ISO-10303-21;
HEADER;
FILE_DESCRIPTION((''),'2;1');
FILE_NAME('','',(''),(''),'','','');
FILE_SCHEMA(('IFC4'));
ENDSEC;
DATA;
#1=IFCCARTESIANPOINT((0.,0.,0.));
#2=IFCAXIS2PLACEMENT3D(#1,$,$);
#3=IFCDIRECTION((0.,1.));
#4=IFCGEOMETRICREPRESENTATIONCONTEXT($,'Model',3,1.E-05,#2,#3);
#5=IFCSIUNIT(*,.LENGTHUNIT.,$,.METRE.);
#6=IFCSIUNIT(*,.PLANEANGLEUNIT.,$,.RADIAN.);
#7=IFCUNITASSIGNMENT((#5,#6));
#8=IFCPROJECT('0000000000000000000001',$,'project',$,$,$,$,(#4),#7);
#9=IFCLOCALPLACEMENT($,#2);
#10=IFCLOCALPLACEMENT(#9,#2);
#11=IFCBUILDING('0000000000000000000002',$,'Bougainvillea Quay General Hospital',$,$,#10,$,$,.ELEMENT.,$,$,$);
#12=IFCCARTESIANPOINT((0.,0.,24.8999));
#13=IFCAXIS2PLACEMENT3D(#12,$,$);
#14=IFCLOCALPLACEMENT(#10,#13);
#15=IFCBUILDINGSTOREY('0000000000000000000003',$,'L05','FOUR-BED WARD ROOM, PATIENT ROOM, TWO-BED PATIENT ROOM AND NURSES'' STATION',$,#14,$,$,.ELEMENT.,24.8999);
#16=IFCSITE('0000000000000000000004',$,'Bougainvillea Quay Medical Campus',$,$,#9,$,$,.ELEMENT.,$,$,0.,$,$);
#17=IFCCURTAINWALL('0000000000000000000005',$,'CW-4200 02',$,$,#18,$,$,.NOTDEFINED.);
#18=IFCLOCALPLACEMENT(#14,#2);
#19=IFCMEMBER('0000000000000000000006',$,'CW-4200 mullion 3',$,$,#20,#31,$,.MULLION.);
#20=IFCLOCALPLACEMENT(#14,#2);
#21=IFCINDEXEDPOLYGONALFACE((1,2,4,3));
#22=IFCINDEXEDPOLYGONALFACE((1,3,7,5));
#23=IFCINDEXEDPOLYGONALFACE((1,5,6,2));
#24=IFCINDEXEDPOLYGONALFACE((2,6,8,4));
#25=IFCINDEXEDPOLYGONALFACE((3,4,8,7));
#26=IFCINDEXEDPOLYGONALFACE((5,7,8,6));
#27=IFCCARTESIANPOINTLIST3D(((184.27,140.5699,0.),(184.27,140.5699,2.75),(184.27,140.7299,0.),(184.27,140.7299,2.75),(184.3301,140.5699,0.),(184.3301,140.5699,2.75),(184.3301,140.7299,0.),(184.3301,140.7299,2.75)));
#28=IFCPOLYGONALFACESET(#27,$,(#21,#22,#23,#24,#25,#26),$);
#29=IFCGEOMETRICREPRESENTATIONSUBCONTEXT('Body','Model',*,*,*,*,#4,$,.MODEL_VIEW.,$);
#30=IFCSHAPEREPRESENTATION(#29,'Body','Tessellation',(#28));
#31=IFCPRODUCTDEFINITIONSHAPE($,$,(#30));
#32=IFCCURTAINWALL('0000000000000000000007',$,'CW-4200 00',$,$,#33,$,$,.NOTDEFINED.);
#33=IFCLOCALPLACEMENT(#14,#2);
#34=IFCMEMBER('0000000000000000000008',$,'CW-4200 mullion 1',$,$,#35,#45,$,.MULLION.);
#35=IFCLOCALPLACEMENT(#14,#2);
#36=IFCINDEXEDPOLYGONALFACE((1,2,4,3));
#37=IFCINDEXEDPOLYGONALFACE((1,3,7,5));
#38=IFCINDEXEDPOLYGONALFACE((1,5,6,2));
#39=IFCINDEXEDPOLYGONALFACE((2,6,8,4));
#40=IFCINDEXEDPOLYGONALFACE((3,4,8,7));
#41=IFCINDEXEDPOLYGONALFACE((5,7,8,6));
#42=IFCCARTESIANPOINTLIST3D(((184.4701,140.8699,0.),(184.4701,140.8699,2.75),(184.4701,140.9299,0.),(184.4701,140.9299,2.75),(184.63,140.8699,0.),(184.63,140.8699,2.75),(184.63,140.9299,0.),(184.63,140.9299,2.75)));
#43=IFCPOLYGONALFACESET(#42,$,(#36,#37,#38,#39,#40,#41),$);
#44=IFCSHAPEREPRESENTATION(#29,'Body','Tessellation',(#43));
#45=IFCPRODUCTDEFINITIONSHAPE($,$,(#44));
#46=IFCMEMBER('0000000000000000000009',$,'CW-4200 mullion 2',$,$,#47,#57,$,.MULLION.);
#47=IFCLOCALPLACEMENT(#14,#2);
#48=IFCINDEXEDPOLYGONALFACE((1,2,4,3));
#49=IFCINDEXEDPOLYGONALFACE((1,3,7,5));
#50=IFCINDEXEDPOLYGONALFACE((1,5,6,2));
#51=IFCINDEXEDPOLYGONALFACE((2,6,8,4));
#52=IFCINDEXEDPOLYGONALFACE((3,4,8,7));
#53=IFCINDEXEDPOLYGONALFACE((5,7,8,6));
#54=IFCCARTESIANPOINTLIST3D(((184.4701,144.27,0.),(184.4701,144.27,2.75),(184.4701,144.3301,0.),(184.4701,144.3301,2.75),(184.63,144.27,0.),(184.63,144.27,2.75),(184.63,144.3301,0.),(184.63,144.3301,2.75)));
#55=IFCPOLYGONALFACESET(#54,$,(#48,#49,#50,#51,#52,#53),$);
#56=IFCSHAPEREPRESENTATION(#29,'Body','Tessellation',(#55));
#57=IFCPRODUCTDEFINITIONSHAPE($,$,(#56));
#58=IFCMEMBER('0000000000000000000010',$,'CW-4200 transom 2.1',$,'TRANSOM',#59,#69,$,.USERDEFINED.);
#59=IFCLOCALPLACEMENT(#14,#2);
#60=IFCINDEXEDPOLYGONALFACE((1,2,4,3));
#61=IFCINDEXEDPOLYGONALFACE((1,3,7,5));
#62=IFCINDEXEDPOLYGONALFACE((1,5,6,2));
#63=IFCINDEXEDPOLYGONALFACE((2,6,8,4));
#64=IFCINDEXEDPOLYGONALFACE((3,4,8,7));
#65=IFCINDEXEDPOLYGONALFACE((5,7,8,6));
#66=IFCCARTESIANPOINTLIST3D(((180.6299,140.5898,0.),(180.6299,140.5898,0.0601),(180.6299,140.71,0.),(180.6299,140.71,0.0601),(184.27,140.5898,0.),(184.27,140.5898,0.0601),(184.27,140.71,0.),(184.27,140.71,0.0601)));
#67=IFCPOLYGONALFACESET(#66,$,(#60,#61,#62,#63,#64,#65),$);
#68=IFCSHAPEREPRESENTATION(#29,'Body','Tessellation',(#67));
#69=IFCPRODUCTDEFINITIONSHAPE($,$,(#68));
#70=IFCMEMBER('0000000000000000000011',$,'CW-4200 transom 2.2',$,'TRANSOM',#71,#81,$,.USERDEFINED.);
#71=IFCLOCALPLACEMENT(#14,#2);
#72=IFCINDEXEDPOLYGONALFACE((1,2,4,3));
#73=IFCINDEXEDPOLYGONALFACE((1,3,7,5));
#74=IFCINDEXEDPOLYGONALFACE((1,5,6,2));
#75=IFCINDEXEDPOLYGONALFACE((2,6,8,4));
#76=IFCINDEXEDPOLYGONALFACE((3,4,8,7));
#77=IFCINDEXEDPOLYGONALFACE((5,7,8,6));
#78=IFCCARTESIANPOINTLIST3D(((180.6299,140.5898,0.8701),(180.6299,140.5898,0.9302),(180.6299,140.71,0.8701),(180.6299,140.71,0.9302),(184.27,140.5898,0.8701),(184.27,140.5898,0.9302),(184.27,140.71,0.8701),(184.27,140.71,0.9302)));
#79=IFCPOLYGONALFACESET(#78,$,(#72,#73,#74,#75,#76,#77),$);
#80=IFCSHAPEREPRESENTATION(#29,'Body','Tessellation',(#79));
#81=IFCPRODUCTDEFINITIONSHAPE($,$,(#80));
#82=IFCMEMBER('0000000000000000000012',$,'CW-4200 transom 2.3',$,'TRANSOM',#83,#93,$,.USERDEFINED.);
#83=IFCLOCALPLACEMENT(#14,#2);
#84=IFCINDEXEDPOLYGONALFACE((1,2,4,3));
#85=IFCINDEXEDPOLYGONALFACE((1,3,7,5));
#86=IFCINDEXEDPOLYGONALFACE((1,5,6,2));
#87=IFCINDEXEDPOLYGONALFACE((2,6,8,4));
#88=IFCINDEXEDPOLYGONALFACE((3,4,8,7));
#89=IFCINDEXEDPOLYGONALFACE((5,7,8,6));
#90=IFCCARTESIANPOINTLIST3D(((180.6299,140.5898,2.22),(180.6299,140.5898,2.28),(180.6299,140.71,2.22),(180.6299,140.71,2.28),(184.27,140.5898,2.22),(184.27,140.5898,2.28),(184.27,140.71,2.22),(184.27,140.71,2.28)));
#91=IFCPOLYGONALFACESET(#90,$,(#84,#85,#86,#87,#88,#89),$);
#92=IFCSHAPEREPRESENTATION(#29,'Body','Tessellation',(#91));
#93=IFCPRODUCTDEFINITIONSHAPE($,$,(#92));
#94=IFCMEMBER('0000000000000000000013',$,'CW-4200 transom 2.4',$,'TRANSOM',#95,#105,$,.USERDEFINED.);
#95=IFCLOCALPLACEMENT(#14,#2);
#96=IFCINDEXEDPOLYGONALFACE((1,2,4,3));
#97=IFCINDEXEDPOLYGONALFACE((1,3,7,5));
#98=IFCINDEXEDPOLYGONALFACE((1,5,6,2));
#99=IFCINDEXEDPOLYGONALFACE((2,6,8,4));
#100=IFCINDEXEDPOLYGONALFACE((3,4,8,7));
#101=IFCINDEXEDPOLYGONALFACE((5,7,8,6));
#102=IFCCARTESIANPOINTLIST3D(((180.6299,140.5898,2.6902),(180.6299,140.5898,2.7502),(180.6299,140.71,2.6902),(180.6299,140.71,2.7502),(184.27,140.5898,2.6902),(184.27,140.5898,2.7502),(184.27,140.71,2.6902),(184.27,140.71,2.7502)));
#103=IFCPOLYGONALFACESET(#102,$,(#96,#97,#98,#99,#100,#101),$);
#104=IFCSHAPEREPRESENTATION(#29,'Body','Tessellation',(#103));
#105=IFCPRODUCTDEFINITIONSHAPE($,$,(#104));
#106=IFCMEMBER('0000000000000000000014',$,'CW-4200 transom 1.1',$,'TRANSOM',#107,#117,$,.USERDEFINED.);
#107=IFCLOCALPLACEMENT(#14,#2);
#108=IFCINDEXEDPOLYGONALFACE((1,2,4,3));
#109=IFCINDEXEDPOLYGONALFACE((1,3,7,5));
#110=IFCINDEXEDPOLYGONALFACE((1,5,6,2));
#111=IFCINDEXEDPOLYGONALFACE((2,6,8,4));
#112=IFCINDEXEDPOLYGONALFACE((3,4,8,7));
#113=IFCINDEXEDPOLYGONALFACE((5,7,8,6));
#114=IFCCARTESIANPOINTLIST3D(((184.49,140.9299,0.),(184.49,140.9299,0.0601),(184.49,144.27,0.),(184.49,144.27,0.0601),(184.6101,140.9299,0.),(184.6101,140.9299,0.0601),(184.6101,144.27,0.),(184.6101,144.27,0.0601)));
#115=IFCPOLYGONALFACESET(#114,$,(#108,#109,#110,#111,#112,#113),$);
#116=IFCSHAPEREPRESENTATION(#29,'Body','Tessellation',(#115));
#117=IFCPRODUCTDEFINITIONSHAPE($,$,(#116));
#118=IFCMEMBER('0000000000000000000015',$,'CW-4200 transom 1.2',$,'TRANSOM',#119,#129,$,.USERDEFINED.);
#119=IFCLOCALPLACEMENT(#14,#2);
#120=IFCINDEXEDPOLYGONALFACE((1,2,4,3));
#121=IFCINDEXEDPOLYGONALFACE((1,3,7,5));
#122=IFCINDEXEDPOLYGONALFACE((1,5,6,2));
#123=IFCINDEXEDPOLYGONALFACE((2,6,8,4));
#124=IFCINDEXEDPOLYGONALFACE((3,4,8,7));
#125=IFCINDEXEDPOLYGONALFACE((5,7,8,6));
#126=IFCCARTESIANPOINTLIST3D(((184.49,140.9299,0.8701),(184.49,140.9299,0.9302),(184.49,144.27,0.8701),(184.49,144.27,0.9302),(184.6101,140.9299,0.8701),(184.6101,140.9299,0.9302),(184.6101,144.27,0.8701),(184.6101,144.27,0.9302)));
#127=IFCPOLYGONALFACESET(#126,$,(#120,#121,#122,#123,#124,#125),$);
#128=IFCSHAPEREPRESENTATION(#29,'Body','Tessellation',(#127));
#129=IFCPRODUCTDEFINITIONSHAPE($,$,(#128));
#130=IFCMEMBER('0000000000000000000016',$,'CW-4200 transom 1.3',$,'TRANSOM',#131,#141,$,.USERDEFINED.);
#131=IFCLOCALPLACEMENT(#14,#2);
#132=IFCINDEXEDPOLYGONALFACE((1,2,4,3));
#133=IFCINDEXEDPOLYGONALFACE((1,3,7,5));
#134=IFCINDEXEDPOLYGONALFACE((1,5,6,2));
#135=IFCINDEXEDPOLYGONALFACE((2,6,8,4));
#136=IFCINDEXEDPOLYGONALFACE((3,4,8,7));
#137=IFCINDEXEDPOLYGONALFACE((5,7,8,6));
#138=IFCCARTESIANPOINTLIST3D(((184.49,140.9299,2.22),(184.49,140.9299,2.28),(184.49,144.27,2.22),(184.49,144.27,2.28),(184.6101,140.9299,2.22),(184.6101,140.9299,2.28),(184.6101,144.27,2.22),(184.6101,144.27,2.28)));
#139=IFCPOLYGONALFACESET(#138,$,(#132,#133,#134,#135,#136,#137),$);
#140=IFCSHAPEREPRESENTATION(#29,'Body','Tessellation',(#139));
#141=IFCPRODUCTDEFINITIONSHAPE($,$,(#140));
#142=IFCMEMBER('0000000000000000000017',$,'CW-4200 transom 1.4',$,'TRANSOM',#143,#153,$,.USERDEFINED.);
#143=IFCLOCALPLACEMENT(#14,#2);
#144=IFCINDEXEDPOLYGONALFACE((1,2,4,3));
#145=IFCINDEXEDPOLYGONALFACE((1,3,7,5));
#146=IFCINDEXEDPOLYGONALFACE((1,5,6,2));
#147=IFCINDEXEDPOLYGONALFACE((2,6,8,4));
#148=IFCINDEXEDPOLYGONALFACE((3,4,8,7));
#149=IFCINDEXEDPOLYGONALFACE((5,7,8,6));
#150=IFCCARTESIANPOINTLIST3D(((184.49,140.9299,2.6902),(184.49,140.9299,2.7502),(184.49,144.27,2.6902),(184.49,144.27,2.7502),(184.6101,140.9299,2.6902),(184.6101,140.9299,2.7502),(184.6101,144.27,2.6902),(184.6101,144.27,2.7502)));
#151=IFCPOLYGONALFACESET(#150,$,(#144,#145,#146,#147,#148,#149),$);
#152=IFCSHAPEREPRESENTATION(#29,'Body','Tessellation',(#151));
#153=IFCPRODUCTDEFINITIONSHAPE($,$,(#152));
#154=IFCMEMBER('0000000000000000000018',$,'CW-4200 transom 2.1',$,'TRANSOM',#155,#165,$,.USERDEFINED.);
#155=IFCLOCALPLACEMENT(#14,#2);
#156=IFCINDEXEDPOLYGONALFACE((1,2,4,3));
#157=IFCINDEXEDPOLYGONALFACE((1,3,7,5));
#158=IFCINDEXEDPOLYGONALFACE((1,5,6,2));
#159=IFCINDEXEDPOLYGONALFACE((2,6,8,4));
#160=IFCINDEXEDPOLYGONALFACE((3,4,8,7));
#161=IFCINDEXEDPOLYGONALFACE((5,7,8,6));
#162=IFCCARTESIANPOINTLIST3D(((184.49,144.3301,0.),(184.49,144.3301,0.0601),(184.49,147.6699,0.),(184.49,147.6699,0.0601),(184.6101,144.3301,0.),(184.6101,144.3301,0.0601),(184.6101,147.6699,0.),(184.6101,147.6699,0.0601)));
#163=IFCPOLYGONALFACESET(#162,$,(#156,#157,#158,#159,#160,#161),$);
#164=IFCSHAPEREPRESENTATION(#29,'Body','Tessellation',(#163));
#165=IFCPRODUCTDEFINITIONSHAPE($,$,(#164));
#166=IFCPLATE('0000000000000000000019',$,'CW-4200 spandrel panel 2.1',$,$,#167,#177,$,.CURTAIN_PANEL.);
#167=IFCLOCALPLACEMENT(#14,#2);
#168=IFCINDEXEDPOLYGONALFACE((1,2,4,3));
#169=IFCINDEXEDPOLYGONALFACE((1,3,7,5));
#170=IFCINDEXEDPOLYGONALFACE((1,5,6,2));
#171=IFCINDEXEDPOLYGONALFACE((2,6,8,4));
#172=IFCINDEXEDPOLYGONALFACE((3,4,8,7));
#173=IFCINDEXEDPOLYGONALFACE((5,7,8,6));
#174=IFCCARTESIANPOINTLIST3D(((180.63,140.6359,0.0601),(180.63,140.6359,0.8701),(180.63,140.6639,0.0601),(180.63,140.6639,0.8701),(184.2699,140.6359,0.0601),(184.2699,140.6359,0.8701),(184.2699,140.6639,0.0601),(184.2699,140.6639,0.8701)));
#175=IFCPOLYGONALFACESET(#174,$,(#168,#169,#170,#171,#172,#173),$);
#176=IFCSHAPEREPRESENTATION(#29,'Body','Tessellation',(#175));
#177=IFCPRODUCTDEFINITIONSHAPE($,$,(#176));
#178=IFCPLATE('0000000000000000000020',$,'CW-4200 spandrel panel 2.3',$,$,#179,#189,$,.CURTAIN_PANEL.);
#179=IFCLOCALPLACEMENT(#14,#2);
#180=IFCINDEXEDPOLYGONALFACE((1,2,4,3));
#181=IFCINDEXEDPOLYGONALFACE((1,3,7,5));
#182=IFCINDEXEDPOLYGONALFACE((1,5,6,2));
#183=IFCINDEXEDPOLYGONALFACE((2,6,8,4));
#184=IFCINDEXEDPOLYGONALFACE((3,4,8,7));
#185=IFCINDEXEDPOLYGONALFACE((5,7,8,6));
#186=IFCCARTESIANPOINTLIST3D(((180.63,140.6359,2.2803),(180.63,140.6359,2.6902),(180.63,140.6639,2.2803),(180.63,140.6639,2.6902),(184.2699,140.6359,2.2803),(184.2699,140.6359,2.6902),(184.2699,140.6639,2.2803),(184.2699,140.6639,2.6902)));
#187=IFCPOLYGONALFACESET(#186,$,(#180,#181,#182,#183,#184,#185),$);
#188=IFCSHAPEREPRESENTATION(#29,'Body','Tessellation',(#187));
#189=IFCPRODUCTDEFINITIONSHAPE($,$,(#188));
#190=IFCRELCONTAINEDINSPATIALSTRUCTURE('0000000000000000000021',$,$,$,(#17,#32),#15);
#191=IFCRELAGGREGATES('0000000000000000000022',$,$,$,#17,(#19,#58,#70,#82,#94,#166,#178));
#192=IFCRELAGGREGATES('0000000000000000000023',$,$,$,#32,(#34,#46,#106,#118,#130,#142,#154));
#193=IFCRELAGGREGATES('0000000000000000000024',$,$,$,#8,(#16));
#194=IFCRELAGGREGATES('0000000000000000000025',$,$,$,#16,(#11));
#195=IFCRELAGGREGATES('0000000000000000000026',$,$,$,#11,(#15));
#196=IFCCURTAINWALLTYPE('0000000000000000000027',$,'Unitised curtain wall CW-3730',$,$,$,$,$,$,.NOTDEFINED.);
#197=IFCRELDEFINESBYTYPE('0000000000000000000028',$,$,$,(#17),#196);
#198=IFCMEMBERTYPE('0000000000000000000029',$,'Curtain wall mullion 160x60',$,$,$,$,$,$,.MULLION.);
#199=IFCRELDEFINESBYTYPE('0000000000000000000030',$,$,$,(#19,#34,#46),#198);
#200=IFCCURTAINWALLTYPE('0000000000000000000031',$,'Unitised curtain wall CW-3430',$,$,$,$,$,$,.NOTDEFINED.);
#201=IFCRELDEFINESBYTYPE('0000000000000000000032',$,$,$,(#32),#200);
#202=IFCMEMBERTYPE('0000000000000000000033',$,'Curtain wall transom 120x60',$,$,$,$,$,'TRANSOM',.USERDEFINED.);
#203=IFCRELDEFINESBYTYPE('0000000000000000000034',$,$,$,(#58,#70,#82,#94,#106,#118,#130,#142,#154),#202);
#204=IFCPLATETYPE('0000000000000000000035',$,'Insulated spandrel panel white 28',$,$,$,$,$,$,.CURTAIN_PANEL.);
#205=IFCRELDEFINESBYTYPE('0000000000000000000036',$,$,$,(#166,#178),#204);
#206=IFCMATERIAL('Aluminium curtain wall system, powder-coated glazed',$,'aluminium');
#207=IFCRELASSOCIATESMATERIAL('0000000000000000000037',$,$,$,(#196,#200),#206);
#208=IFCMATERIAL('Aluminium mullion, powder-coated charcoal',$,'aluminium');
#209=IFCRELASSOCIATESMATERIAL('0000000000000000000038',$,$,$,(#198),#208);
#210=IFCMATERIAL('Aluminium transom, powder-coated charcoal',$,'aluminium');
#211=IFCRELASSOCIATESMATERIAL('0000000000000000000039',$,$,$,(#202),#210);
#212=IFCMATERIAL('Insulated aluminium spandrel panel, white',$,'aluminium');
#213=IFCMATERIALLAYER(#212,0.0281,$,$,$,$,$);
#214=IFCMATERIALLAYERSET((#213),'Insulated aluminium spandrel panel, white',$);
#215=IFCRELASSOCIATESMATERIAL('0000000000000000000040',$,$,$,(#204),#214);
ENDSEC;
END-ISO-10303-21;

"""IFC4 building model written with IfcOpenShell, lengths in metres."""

from ifc_helpers import new_model, si_unit, direction, frame, origin, origin_2d, place, context, subcontext, project, spatial, rectangle, extrude, material, layer, layer_set, material_profile, profile_set, type_object, element, aggregate, save


model = new_model("IFC4")

# Units and contexts
model_context = context("Model", 3, precision=1e-05, world=origin(), true_north=direction((0.0, 1.0)))
body_context = subcontext(model_context, "Body", "Model", "MODEL_VIEW")
ifc_project = project(units=[si_unit("LENGTHUNIT", "METRE"), si_unit("PLANEANGLEUNIT", "RADIAN")], contexts=[model_context])

# Site, building, storey
site_placement = place(None, origin())
site = spatial("IfcSite", under=ifc_project, at=site_placement, Name="Bougainvillea Quay Medical Campus", CompositionType="ELEMENT", RefElevation=0.0)
building_placement = place(site_placement, origin())
building = spatial("IfcBuilding", under=site, at=building_placement, Name="Bougainvillea Quay General Hospital", CompositionType="ELEMENT")
storey_placement = place(building_placement, frame((0.0, 0.0, 24.8999)))
storey = spatial("IfcBuildingStorey", under=building, at=storey_placement, Name="L05", Description="FOUR-BED WARD ROOM, PATIENT ROOM, TWO-BED PATIENT ROOM AND NURSES' STATION", CompositionType="ELEMENT", Elevation=24.8999)

# Curtain wall, member
ifc_material_1 = material(Name="Aluminium curtain wall system, powder-coated glazed", Category="aluminium")
curtain_wall_type_1 = type_object("IfcCurtainWallType", Name="Unitised curtain wall CW-3730", PredefinedType="NOTDEFINED", material=ifc_material_1)
curtain_wall_1_placement = place(storey_placement, origin())
curtain_wall_1 = element("IfcCurtainWall", 1, at=curtain_wall_1_placement, inside=storey, type_object=curtain_wall_type_1, Name="CW-4200 02", PredefinedType="NOTDEFINED")
ifc_material_2 = material(Name="Aluminium mullion, powder-coated charcoal", Category="aluminium")
ifc_material_profile_1 = material_profile(ifc_material_2, rectangle(XDim=0.1599, YDim=0.0601, at=origin_2d()))
ifc_profile_set_1 = profile_set([ifc_material_profile_1], Name="Aluminium mullion, powder-coated charcoal")
member_type_1 = type_object("IfcMemberType", Name="Curtain wall mullion 160x60", PredefinedType="MULLION", material=ifc_profile_set_1)
member_1_placement = place(storey_placement, frame((184.3, 140.6499, 0.0), z_axis=(0.0, 0.0, 1.0), x_axis=(0.0, 1.0, 0.0)))
member_1 = element("IfcMember", 2, at=member_1_placement, type_object=member_type_1, Name="CW-4200 mullion 3", PredefinedType="MULLION", context=body_context, shape_type="SweptSolid", body=[
    extrude(rectangle(XDim=0.1599, YDim=0.0601, at=origin_2d()), origin(), (0.0, 0.0, 1.0), 2.75),
])

# Curtain wall, members
curtain_wall_type_2 = type_object("IfcCurtainWallType", Name="Unitised curtain wall CW-3430", PredefinedType="NOTDEFINED", material=ifc_material_1)
curtain_wall_2_placement = place(storey_placement, origin())
curtain_wall_2 = element("IfcCurtainWall", 3, at=curtain_wall_2_placement, inside=storey, type_object=curtain_wall_type_2, Name="CW-4200 00", PredefinedType="NOTDEFINED")
member_2_placement = place(storey_placement, frame((184.55, 140.8999, 0.0), z_axis=(0.0, 0.0, 1.0), x_axis=(-1.0, 0.0, 0.0)))
member_2 = element("IfcMember", 4, at=member_2_placement, type_object=member_type_1, Name="CW-4200 mullion 1", PredefinedType="MULLION", context=body_context, shape_type="SweptSolid", body=[
    extrude(rectangle(XDim=0.1599, YDim=0.0601, at=origin_2d()), origin(), (0.0, 0.0, 1.0), 2.75),
])
member_3_placement = place(storey_placement, frame((184.55, 144.3, 0.0), z_axis=(0.0, 0.0, 1.0), x_axis=(-1.0, 0.0, 0.0)))
member_3 = element("IfcMember", 5, at=member_3_placement, type_object=member_type_1, Name="CW-4200 mullion 2", PredefinedType="MULLION", context=body_context, shape_type="SweptSolid", body=[
    extrude(rectangle(XDim=0.1599, YDim=0.0601, at=origin_2d()), origin(), (0.0, 0.0, 1.0), 2.75),
])

# Members
ifc_material_3 = material(Name="Aluminium transom, powder-coated charcoal", Category="aluminium")
ifc_material_profile_2 = material_profile(ifc_material_3, rectangle(XDim=0.1201, YDim=0.0601, at=origin_2d()))
ifc_profile_set_2 = profile_set([ifc_material_profile_2], Name="Aluminium transom, powder-coated charcoal")
member_type_2 = type_object("IfcMemberType", Name="Curtain wall transom 120x60", ElementType="TRANSOM", PredefinedType="USERDEFINED", material=ifc_profile_set_2)
member_4_placement = place(storey_placement, frame((180.6299, 140.6499, 0.03), z_axis=(1.0, 0.0, 0.0), x_axis=(0.0, 1.0, 0.0)))
member_4 = element("IfcMember", 6, at=member_4_placement, type_object=member_type_2, Name="CW-4200 transom 2.1", ObjectType="TRANSOM", PredefinedType="USERDEFINED", context=body_context, shape_type="SweptSolid", body=[
    extrude(rectangle(XDim=0.1201, YDim=0.0601, at=origin_2d()), origin(), (0.0, 0.0, 1.0), 3.6401),
])
member_5_placement = place(storey_placement, frame((180.6299, 140.6499, 0.9001), z_axis=(1.0, 0.0, 0.0), x_axis=(0.0, 1.0, 0.0)))
member_5 = element("IfcMember", 7, at=member_5_placement, type_object=member_type_2, Name="CW-4200 transom 2.2", ObjectType="TRANSOM", PredefinedType="USERDEFINED", context=body_context, shape_type="SweptSolid", body=[
    extrude(rectangle(XDim=0.1201, YDim=0.0601, at=origin_2d()), origin(), (0.0, 0.0, 1.0), 3.6401),
])
member_6_placement = place(storey_placement, frame((180.6299, 140.6499, 2.25), z_axis=(1.0, 0.0, 0.0), x_axis=(0.0, 1.0, 0.0)))
member_6 = element("IfcMember", 8, at=member_6_placement, type_object=member_type_2, Name="CW-4200 transom 2.3", ObjectType="TRANSOM", PredefinedType="USERDEFINED", context=body_context, shape_type="SweptSolid", body=[
    extrude(rectangle(XDim=0.1201, YDim=0.0601, at=origin_2d()), origin(), (0.0, 0.0, 1.0), 3.6401),
])
member_7_placement = place(storey_placement, frame((180.6299, 140.6499, 2.7202), z_axis=(1.0, 0.0, 0.0), x_axis=(0.0, 1.0, 0.0)))
member_7 = element("IfcMember", 9, at=member_7_placement, type_object=member_type_2, Name="CW-4200 transom 2.4", ObjectType="TRANSOM", PredefinedType="USERDEFINED", context=body_context, shape_type="SweptSolid", body=[
    extrude(rectangle(XDim=0.1201, YDim=0.0601, at=origin_2d()), origin(), (0.0, 0.0, 1.0), 3.6401),
])
member_8_placement = place(storey_placement, frame((184.55, 140.9299, 0.03), z_axis=(0.0, 1.0, 0.0), x_axis=(-1.0, 0.0, 0.0)))
member_8 = element("IfcMember", 10, at=member_8_placement, type_object=member_type_2, Name="CW-4200 transom 1.1", ObjectType="TRANSOM", PredefinedType="USERDEFINED", context=body_context, shape_type="SweptSolid", body=[
    extrude(rectangle(XDim=0.1201, YDim=0.0601, at=origin_2d()), origin(), (0.0, 0.0, 1.0), 3.3401),
])
member_9_placement = place(storey_placement, frame((184.55, 140.9299, 0.9001), z_axis=(0.0, 1.0, 0.0), x_axis=(-1.0, 0.0, 0.0)))
member_9 = element("IfcMember", 11, at=member_9_placement, type_object=member_type_2, Name="CW-4200 transom 1.2", ObjectType="TRANSOM", PredefinedType="USERDEFINED", context=body_context, shape_type="SweptSolid", body=[
    extrude(rectangle(XDim=0.1201, YDim=0.0601, at=origin_2d()), origin(), (0.0, 0.0, 1.0), 3.3401),
])
member_10_placement = place(storey_placement, frame((184.55, 140.9299, 2.25), z_axis=(0.0, 1.0, 0.0), x_axis=(-1.0, 0.0, 0.0)))
member_10 = element("IfcMember", 12, at=member_10_placement, type_object=member_type_2, Name="CW-4200 transom 1.3", ObjectType="TRANSOM", PredefinedType="USERDEFINED", context=body_context, shape_type="SweptSolid", body=[
    extrude(rectangle(XDim=0.1201, YDim=0.0601, at=origin_2d()), origin(), (0.0, 0.0, 1.0), 3.3401),
])
member_11_placement = place(storey_placement, frame((184.55, 140.9299, 2.7202), z_axis=(0.0, 1.0, 0.0), x_axis=(-1.0, 0.0, 0.0)))
member_11 = element("IfcMember", 13, at=member_11_placement, type_object=member_type_2, Name="CW-4200 transom 1.4", ObjectType="TRANSOM", PredefinedType="USERDEFINED", context=body_context, shape_type="SweptSolid", body=[
    extrude(rectangle(XDim=0.1201, YDim=0.0601, at=origin_2d()), origin(), (0.0, 0.0, 1.0), 3.3401),
])
member_12_placement = place(storey_placement, frame((184.55, 144.3301, 0.03), z_axis=(0.0, 1.0, 0.0), x_axis=(-1.0, 0.0, 0.0)))
member_12 = element("IfcMember", 14, at=member_12_placement, type_object=member_type_2, Name="CW-4200 transom 2.1", ObjectType="TRANSOM", PredefinedType="USERDEFINED", context=body_context, shape_type="SweptSolid", body=[
    extrude(rectangle(XDim=0.1201, YDim=0.0601, at=origin_2d()), origin(), (0.0, 0.0, 1.0), 3.3398),
])

# Plates
ifc_material_4 = material(Name="Insulated aluminium spandrel panel, white", Category="aluminium")
ifc_layer_1 = layer(ifc_material_4, 0.0281)
ifc_layer_set_1 = layer_set([ifc_layer_1], Name="Insulated aluminium spandrel panel, white")
plate_type_1 = type_object("IfcPlateType", Name="Insulated spandrel panel white 28", PredefinedType="CURTAIN_PANEL", material=ifc_layer_set_1)
plate_1_placement = place(storey_placement, frame((182.45, 140.6499, 0.0601), z_axis=(0.0, 0.0, 1.0), x_axis=(1.0, 0.0, 0.0)))
plate_1 = element("IfcPlate", 15, at=plate_1_placement, type_object=plate_type_1, Name="CW-4200 spandrel panel 2.1", PredefinedType="CURTAIN_PANEL", context=body_context, shape_type="SweptSolid", body=[
    extrude(rectangle(XDim=3.6399, YDim=0.0281, at=origin_2d()), origin(), (0.0, 0.0, 1.0), 0.8101),
])
plate_2_placement = place(storey_placement, frame((182.45, 140.6499, 2.2803), z_axis=(0.0, 0.0, 1.0), x_axis=(1.0, 0.0, 0.0)))
plate_2 = element("IfcPlate", 16, at=plate_2_placement, type_object=plate_type_1, Name="CW-4200 spandrel panel 2.3", PredefinedType="CURTAIN_PANEL", context=body_context, shape_type="SweptSolid", body=[
    extrude(rectangle(XDim=3.6399, YDim=0.0281, at=origin_2d()), origin(), (0.0, 0.0, 1.0), 0.4099),
])
aggregate(curtain_wall_1, [member_1, member_4, member_5, member_6, member_7, plate_1, plate_2])
aggregate(curtain_wall_2, [member_2, member_3, member_8, member_9, member_10, member_11, member_12])

save(model, "model.ifc")
